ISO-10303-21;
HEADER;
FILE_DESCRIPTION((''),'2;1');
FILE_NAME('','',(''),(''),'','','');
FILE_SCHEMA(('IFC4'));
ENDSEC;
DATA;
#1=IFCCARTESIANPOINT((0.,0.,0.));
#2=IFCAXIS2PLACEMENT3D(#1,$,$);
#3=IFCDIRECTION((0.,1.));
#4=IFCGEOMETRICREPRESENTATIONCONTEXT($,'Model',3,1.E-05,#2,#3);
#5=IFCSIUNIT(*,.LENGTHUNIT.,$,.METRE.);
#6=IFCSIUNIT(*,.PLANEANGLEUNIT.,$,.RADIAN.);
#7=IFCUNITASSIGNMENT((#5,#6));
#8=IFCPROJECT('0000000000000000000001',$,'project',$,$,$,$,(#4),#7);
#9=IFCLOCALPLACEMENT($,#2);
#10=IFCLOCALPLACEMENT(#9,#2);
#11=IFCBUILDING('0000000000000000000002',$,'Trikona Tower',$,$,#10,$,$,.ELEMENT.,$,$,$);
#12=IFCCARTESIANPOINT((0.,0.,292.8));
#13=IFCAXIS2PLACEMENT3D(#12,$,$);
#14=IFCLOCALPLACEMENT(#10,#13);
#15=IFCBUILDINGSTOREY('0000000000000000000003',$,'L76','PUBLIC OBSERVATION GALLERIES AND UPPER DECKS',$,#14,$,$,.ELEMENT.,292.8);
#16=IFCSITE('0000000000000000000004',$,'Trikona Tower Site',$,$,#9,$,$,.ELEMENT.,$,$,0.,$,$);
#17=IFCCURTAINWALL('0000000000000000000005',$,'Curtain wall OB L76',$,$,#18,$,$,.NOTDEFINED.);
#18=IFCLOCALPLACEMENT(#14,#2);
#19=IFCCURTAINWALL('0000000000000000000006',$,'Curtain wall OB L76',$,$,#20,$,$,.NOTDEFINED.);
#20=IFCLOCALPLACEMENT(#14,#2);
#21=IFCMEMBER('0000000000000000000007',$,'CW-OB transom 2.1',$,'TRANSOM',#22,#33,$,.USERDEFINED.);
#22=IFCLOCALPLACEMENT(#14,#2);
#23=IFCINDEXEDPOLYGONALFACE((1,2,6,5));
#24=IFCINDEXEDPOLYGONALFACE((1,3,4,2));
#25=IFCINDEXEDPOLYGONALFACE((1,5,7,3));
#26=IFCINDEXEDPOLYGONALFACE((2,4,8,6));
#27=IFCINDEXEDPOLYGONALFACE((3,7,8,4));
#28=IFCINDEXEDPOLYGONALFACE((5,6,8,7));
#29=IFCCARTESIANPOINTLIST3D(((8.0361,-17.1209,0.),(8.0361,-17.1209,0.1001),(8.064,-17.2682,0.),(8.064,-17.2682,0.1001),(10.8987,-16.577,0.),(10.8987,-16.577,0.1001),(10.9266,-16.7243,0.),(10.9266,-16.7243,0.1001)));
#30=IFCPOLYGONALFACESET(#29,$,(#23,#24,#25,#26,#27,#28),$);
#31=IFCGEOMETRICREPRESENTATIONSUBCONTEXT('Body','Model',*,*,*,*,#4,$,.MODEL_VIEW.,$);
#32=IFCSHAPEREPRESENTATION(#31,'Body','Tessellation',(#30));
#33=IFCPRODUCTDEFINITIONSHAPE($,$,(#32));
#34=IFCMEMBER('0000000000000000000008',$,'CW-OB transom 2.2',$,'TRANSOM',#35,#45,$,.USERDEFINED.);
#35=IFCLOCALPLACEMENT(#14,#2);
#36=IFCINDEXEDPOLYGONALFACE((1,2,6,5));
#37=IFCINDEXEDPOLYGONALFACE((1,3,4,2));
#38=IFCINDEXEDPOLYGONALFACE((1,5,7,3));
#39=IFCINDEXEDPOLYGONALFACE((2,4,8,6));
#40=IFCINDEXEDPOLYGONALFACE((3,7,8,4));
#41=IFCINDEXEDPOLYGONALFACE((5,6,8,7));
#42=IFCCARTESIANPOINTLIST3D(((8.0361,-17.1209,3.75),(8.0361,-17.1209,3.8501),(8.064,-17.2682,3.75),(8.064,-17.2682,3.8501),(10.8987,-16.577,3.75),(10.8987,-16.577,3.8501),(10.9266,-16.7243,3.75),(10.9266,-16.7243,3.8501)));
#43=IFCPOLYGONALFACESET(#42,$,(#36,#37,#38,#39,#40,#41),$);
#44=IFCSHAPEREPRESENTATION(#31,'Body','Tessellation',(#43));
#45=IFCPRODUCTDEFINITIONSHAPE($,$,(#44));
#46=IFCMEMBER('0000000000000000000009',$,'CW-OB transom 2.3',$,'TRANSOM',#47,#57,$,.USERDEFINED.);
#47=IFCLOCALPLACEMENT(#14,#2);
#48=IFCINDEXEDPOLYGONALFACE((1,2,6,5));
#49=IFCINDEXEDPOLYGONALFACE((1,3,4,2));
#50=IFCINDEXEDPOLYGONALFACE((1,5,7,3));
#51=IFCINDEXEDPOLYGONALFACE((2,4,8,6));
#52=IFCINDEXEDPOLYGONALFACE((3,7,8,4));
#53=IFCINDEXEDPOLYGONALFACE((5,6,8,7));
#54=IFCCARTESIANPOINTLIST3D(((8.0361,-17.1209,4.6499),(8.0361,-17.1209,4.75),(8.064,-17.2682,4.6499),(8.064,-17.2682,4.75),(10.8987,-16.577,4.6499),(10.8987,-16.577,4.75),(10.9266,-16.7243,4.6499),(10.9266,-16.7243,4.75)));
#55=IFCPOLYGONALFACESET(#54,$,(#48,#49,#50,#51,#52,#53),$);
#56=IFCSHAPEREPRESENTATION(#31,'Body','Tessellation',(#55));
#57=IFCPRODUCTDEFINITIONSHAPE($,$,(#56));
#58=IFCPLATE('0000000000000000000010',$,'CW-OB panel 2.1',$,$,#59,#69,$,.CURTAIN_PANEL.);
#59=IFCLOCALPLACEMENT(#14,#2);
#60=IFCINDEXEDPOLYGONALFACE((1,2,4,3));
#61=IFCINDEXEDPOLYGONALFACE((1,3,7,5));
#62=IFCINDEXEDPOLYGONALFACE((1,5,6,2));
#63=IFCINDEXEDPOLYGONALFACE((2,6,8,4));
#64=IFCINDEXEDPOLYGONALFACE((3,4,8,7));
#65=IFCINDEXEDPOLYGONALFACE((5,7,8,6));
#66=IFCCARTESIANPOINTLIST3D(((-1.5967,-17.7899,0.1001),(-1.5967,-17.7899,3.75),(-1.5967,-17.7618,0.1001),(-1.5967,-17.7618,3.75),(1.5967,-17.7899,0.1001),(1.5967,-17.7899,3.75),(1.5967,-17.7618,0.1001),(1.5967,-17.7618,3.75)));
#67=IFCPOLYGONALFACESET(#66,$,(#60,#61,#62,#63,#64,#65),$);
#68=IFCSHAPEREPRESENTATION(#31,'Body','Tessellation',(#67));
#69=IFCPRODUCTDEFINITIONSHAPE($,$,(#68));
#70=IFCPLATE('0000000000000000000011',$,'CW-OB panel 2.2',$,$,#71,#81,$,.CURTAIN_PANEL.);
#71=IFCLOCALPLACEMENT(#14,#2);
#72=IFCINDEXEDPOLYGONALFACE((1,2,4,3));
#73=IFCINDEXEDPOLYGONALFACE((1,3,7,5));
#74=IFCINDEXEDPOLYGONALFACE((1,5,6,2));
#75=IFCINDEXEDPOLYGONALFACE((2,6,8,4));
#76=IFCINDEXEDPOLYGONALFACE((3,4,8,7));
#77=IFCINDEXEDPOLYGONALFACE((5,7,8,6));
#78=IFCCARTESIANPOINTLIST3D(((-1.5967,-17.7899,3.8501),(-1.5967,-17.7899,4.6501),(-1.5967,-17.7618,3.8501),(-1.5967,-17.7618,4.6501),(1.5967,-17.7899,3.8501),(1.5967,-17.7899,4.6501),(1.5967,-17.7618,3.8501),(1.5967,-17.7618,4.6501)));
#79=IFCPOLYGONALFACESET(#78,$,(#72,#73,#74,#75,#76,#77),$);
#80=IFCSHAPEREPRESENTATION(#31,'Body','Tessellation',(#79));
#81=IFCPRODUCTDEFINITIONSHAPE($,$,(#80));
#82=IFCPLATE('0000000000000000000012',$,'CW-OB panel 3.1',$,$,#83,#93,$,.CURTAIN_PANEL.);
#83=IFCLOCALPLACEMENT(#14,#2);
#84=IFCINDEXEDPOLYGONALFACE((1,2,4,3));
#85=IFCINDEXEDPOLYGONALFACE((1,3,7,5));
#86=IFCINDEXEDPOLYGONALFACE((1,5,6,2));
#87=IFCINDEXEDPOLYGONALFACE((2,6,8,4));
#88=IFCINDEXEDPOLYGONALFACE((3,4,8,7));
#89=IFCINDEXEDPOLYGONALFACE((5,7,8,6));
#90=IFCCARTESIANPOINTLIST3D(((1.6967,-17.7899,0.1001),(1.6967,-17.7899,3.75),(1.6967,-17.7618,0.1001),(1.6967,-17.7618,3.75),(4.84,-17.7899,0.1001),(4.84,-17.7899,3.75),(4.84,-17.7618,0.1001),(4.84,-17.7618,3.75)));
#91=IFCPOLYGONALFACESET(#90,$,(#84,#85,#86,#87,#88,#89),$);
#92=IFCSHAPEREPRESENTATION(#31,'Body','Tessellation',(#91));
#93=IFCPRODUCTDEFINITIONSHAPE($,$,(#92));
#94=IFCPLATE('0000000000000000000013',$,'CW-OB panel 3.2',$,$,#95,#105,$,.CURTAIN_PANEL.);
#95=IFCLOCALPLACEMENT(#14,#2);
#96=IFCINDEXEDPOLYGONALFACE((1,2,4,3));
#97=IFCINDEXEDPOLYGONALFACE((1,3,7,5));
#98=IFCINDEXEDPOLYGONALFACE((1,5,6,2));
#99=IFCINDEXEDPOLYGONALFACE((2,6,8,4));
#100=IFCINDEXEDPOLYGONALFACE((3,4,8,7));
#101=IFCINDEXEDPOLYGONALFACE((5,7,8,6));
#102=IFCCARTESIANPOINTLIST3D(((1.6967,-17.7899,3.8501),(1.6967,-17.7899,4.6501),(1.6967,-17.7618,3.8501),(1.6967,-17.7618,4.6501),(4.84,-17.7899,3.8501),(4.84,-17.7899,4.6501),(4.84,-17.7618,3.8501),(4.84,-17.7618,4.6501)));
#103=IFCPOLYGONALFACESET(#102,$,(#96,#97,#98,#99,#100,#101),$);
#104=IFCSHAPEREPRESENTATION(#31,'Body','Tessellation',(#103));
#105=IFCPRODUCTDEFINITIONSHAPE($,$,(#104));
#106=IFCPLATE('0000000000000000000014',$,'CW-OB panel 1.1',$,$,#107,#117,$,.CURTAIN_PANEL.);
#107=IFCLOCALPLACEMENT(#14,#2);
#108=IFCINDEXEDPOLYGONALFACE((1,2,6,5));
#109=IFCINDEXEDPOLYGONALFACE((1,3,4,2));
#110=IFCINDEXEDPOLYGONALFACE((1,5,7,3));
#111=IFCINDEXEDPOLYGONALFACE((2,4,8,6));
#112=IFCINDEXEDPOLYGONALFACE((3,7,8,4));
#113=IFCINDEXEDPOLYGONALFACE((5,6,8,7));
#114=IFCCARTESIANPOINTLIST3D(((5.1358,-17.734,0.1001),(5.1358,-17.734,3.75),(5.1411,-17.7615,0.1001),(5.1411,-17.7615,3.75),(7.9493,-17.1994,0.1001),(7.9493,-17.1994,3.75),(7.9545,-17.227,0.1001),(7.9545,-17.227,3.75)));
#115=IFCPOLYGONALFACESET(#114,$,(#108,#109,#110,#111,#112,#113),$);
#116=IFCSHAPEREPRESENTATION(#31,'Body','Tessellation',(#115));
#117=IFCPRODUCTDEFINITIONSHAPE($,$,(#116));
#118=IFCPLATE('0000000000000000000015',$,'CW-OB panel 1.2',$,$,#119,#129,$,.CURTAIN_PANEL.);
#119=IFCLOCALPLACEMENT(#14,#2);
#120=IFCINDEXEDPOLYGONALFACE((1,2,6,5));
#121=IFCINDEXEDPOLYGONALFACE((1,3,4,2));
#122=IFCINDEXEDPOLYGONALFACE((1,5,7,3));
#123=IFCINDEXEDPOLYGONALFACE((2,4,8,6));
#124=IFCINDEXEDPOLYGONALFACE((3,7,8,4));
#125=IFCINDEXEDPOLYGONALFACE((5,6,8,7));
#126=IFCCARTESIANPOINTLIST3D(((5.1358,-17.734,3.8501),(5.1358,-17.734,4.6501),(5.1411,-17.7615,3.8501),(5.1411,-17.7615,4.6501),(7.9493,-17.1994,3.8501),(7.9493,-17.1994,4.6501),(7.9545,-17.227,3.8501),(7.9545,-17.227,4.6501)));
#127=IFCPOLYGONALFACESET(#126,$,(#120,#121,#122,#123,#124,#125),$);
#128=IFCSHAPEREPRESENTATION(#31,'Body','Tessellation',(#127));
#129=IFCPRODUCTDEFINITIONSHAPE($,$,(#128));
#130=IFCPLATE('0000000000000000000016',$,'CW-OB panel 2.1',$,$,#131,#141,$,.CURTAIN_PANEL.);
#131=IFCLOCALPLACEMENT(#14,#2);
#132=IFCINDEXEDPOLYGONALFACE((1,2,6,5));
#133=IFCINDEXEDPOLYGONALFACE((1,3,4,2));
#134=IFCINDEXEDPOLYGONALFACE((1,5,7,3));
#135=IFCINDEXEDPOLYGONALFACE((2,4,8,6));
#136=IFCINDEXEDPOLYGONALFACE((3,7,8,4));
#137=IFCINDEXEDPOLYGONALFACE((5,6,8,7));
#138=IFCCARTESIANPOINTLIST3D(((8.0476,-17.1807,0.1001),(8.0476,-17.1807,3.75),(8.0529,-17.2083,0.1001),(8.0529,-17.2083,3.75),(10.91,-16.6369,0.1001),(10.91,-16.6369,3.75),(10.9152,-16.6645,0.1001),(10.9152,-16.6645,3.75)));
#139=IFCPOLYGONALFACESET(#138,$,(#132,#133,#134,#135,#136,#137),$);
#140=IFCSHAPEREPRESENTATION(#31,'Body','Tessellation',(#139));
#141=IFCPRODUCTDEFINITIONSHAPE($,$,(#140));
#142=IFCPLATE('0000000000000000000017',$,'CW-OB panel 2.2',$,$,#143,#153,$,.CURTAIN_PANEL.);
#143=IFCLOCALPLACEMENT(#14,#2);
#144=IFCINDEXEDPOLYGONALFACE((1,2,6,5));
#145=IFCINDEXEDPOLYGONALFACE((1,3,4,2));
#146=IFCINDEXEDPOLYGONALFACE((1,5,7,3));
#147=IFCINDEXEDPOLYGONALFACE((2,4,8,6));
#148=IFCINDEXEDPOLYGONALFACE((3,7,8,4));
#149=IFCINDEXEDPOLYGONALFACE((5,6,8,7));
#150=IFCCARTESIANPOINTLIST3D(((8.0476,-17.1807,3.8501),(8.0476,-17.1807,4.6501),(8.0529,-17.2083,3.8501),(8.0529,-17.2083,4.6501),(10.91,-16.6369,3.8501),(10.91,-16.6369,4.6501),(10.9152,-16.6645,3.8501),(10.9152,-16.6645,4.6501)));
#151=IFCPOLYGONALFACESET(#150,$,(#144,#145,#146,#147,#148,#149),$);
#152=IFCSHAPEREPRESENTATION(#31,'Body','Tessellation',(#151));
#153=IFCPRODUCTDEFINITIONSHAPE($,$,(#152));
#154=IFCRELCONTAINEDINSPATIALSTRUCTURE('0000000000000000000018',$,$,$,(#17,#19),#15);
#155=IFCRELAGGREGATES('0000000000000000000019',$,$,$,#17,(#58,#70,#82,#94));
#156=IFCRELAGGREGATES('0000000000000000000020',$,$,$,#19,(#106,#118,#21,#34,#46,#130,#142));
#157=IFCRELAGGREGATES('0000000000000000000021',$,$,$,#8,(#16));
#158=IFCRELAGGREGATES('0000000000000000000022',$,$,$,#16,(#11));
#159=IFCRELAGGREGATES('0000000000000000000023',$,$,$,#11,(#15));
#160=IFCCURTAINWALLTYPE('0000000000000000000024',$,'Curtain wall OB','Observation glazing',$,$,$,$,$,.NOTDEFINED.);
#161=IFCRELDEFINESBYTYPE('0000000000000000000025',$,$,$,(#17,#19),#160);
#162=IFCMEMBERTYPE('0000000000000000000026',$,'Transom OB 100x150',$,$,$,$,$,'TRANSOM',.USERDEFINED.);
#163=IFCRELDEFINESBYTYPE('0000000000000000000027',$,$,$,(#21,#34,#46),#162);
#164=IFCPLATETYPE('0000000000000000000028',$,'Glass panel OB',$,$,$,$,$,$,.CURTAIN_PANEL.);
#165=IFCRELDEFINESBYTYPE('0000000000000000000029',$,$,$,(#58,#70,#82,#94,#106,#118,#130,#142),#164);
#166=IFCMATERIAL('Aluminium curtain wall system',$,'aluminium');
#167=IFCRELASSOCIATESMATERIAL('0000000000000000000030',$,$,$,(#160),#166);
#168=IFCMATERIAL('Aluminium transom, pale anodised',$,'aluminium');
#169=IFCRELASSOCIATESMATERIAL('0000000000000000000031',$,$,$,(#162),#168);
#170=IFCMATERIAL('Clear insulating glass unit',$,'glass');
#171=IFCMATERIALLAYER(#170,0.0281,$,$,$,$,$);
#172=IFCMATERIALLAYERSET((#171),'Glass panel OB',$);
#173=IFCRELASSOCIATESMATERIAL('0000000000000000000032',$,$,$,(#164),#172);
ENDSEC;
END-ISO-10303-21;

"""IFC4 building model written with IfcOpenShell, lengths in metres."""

from ifc_helpers import new_model, si_unit, direction, frame, origin, origin_2d, place, context, subcontext, project, spatial, rectangle, extrude, material, layer, layer_set, material_profile, profile_set, type_object, element, aggregate, save


model = new_model("IFC4")

# Units and contexts
model_context = context("Model", 3, precision=1e-05, world=origin(), true_north=direction((0.0, 1.0)))
body_context = subcontext(model_context, "Body", "Model", "MODEL_VIEW")
ifc_project = project(units=[si_unit("LENGTHUNIT", "METRE"), si_unit("PLANEANGLEUNIT", "RADIAN")], contexts=[model_context])

# Site, building, storey
site_placement = place(None, origin())
site = spatial("IfcSite", under=ifc_project, at=site_placement, Name="Trikona Tower Site", CompositionType="ELEMENT", RefElevation=0.0)
building_placement = place(site_placement, origin())
building = spatial("IfcBuilding", under=site, at=building_placement, Name="Trikona Tower", CompositionType="ELEMENT")
storey_placement = place(building_placement, frame((0.0, 0.0, 292.8)))
storey = spatial("IfcBuildingStorey", under=building, at=storey_placement, Name="L76", Description="PUBLIC OBSERVATION GALLERIES AND UPPER DECKS", CompositionType="ELEMENT", Elevation=292.8)

# Curtain walls
ifc_material_1 = material(Name="Aluminium curtain wall system", Category="aluminium")
curtain_wall_type = type_object("IfcCurtainWallType", Name="Curtain wall OB", Description="Observation glazing", PredefinedType="NOTDEFINED", material=ifc_material_1)
curtain_wall_1_placement = place(storey_placement, origin())
curtain_wall_1 = element("IfcCurtainWall", 1, at=curtain_wall_1_placement, inside=storey, type_object=curtain_wall_type, Name="Curtain wall OB L76", PredefinedType="NOTDEFINED")
curtain_wall_2_placement = place(storey_placement, origin())
curtain_wall_2 = element("IfcCurtainWall", 2, at=curtain_wall_2_placement, inside=storey, type_object=curtain_wall_type, Name="Curtain wall OB L76", PredefinedType="NOTDEFINED")

# Members
ifc_material_2 = material(Name="Aluminium transom, pale anodised", Category="aluminium")
ifc_material_profile_1 = material_profile(ifc_material_2, rectangle(XDim=0.1499, YDim=0.1001, at=origin_2d()), Name="TRN-OB")
ifc_profile_set_1 = profile_set([ifc_material_profile_1], Name="Aluminium transom, pale anodised")
member_type_1 = type_object("IfcMemberType", Name="Transom OB 100x150", ElementType="TRANSOM", PredefinedType="USERDEFINED", material=ifc_profile_set_1)
member_1_placement = place(storey_placement, frame((8.05, -17.1946, 0.05), z_axis=(0.982421, 0.186681, 0.0), x_axis=(-0.186681, 0.982421, 0.0)))
member_1 = element("IfcMember", 3, at=member_1_placement, type_object=member_type_1, Name="CW-OB transom 2.1", ObjectType="TRANSOM", PredefinedType="USERDEFINED", context=body_context, shape_type="SweptSolid", body=[
    extrude(rectangle(XDim=0.1499, YDim=0.1001, at=origin_2d()), origin(), (0.0, 0.0, 1.0), 2.9138),
])
member_2_placement = place(storey_placement, frame((8.05, -17.1946, 3.8), z_axis=(0.982421, 0.186681, 0.0), x_axis=(-0.186681, 0.982421, 0.0)))
member_2 = element("IfcMember", 4, at=member_2_placement, type_object=member_type_1, Name="CW-OB transom 2.2", ObjectType="TRANSOM", PredefinedType="USERDEFINED", context=body_context, shape_type="SweptSolid", body=[
    extrude(rectangle(XDim=0.1499, YDim=0.1001, at=origin_2d()), origin(), (0.0, 0.0, 1.0), 2.9138),
])
member_3_placement = place(storey_placement, frame((8.05, -17.1946, 4.7), z_axis=(0.982421, 0.186681, 0.0), x_axis=(-0.186681, 0.982421, 0.0)))
member_3 = element("IfcMember", 5, at=member_3_placement, type_object=member_type_1, Name="CW-OB transom 2.3", ObjectType="TRANSOM", PredefinedType="USERDEFINED", context=body_context, shape_type="SweptSolid", body=[
    extrude(rectangle(XDim=0.1499, YDim=0.1001, at=origin_2d()), origin(), (0.0, 0.0, 1.0), 2.9138),
])

# Plates
ifc_material_3 = material(Name="Clear insulating glass unit", Category="glass")
ifc_layer = layer(ifc_material_3, 0.0281)
ifc_layer_set = layer_set([ifc_layer], Name="Glass panel OB")
plate_type = type_object("IfcPlateType", Name="Glass panel OB", PredefinedType="CURTAIN_PANEL", material=ifc_layer_set)
plate_1_placement = place(storey_placement, frame((0.0, -17.7759, 0.1001), z_axis=(0.0, 0.0, 1.0), x_axis=(1.0, 0.0, 0.0)))
plate_1 = element("IfcPlate", 6, at=plate_1_placement, type_object=plate_type, Name="CW-OB panel 2.1", PredefinedType="CURTAIN_PANEL", context=body_context, shape_type="SweptSolid", body=[
    extrude(rectangle(XDim=3.1934, YDim=0.0281, at=origin_2d()), origin(), (0.0, 0.0, 1.0), 3.6499),
])
plate_2_placement = place(storey_placement, frame((0.0, -17.7759, 3.8501), z_axis=(0.0, 0.0, 1.0), x_axis=(1.0, 0.0, 0.0)))
plate_2 = element("IfcPlate", 7, at=plate_2_placement, type_object=plate_type, Name="CW-OB panel 2.2", PredefinedType="CURTAIN_PANEL", context=body_context, shape_type="SweptSolid", body=[
    extrude(rectangle(XDim=3.1934, YDim=0.0281, at=origin_2d()), origin(), (0.0, 0.0, 1.0), 0.8),
])
plate_3_placement = place(storey_placement, frame((3.2683, -17.7759, 0.1001), z_axis=(0.0, 0.0, 1.0), x_axis=(1.0, 0.0, 0.0)))
plate_3 = element("IfcPlate", 8, at=plate_3_placement, type_object=plate_type, Name="CW-OB panel 3.1", PredefinedType="CURTAIN_PANEL", context=body_context, shape_type="SweptSolid", body=[
    extrude(rectangle(XDim=3.1433, YDim=0.0281, at=origin_2d()), origin(), (0.0, 0.0, 1.0), 3.6499),
])
plate_4_placement = place(storey_placement, frame((3.2683, -17.7759, 3.8501), z_axis=(0.0, 0.0, 1.0), x_axis=(1.0, 0.0, 0.0)))
plate_4 = element("IfcPlate", 9, at=plate_4_placement, type_object=plate_type, Name="CW-OB panel 3.2", PredefinedType="CURTAIN_PANEL", context=body_context, shape_type="SweptSolid", body=[
    extrude(rectangle(XDim=3.1433, YDim=0.0281, at=origin_2d()), origin(), (0.0, 0.0, 1.0), 0.8),
])
aggregate(curtain_wall_1, [plate_1, plate_2, plate_3, plate_4])
plate_5_placement = place(storey_placement, frame((6.5452, -17.4805, 0.1001), z_axis=(0.0, 0.0, 1.0), x_axis=(0.982424, 0.186661, 0.0)))
plate_5 = element("IfcPlate", 10, at=plate_5_placement, type_object=plate_type, Name="CW-OB panel 1.1", PredefinedType="CURTAIN_PANEL", context=body_context, shape_type="SweptSolid", body=[
    extrude(rectangle(XDim=2.8638, YDim=0.0281, at=origin_2d()), origin(), (0.0, 0.0, 1.0), 3.6499),
])
plate_6_placement = place(storey_placement, frame((6.5452, -17.4805, 3.8501), z_axis=(0.0, 0.0, 1.0), x_axis=(0.982424, 0.186661, 0.0)))
plate_6 = element("IfcPlate", 11, at=plate_6_placement, type_object=plate_type, Name="CW-OB panel 1.2", PredefinedType="CURTAIN_PANEL", context=body_context, shape_type="SweptSolid", body=[
    extrude(rectangle(XDim=2.8638, YDim=0.0281, at=origin_2d()), origin(), (0.0, 0.0, 1.0), 0.8),
])
plate_7_placement = place(storey_placement, frame((9.4814, -16.9226, 0.1001), z_axis=(0.0, 0.0, 1.0), x_axis=(0.982424, 0.186661, 0.0)))
plate_7 = element("IfcPlate", 12, at=plate_7_placement, type_object=plate_type, Name="CW-OB panel 2.1", PredefinedType="CURTAIN_PANEL", context=body_context, shape_type="SweptSolid", body=[
    extrude(rectangle(XDim=2.9136, YDim=0.0281, at=origin_2d()), origin(), (0.0, 0.0, 1.0), 3.6499),
])
plate_8_placement = place(storey_placement, frame((9.4814, -16.9226, 3.8501), z_axis=(0.0, 0.0, 1.0), x_axis=(0.982424, 0.186661, 0.0)))
plate_8 = element("IfcPlate", 13, at=plate_8_placement, type_object=plate_type, Name="CW-OB panel 2.2", PredefinedType="CURTAIN_PANEL", context=body_context, shape_type="SweptSolid", body=[
    extrude(rectangle(XDim=2.9136, YDim=0.0281, at=origin_2d()), origin(), (0.0, 0.0, 1.0), 0.8),
])
aggregate(curtain_wall_2, [plate_5, plate_6, member_1, member_2, member_3, plate_7, plate_8])

save(model, "model.ifc")
